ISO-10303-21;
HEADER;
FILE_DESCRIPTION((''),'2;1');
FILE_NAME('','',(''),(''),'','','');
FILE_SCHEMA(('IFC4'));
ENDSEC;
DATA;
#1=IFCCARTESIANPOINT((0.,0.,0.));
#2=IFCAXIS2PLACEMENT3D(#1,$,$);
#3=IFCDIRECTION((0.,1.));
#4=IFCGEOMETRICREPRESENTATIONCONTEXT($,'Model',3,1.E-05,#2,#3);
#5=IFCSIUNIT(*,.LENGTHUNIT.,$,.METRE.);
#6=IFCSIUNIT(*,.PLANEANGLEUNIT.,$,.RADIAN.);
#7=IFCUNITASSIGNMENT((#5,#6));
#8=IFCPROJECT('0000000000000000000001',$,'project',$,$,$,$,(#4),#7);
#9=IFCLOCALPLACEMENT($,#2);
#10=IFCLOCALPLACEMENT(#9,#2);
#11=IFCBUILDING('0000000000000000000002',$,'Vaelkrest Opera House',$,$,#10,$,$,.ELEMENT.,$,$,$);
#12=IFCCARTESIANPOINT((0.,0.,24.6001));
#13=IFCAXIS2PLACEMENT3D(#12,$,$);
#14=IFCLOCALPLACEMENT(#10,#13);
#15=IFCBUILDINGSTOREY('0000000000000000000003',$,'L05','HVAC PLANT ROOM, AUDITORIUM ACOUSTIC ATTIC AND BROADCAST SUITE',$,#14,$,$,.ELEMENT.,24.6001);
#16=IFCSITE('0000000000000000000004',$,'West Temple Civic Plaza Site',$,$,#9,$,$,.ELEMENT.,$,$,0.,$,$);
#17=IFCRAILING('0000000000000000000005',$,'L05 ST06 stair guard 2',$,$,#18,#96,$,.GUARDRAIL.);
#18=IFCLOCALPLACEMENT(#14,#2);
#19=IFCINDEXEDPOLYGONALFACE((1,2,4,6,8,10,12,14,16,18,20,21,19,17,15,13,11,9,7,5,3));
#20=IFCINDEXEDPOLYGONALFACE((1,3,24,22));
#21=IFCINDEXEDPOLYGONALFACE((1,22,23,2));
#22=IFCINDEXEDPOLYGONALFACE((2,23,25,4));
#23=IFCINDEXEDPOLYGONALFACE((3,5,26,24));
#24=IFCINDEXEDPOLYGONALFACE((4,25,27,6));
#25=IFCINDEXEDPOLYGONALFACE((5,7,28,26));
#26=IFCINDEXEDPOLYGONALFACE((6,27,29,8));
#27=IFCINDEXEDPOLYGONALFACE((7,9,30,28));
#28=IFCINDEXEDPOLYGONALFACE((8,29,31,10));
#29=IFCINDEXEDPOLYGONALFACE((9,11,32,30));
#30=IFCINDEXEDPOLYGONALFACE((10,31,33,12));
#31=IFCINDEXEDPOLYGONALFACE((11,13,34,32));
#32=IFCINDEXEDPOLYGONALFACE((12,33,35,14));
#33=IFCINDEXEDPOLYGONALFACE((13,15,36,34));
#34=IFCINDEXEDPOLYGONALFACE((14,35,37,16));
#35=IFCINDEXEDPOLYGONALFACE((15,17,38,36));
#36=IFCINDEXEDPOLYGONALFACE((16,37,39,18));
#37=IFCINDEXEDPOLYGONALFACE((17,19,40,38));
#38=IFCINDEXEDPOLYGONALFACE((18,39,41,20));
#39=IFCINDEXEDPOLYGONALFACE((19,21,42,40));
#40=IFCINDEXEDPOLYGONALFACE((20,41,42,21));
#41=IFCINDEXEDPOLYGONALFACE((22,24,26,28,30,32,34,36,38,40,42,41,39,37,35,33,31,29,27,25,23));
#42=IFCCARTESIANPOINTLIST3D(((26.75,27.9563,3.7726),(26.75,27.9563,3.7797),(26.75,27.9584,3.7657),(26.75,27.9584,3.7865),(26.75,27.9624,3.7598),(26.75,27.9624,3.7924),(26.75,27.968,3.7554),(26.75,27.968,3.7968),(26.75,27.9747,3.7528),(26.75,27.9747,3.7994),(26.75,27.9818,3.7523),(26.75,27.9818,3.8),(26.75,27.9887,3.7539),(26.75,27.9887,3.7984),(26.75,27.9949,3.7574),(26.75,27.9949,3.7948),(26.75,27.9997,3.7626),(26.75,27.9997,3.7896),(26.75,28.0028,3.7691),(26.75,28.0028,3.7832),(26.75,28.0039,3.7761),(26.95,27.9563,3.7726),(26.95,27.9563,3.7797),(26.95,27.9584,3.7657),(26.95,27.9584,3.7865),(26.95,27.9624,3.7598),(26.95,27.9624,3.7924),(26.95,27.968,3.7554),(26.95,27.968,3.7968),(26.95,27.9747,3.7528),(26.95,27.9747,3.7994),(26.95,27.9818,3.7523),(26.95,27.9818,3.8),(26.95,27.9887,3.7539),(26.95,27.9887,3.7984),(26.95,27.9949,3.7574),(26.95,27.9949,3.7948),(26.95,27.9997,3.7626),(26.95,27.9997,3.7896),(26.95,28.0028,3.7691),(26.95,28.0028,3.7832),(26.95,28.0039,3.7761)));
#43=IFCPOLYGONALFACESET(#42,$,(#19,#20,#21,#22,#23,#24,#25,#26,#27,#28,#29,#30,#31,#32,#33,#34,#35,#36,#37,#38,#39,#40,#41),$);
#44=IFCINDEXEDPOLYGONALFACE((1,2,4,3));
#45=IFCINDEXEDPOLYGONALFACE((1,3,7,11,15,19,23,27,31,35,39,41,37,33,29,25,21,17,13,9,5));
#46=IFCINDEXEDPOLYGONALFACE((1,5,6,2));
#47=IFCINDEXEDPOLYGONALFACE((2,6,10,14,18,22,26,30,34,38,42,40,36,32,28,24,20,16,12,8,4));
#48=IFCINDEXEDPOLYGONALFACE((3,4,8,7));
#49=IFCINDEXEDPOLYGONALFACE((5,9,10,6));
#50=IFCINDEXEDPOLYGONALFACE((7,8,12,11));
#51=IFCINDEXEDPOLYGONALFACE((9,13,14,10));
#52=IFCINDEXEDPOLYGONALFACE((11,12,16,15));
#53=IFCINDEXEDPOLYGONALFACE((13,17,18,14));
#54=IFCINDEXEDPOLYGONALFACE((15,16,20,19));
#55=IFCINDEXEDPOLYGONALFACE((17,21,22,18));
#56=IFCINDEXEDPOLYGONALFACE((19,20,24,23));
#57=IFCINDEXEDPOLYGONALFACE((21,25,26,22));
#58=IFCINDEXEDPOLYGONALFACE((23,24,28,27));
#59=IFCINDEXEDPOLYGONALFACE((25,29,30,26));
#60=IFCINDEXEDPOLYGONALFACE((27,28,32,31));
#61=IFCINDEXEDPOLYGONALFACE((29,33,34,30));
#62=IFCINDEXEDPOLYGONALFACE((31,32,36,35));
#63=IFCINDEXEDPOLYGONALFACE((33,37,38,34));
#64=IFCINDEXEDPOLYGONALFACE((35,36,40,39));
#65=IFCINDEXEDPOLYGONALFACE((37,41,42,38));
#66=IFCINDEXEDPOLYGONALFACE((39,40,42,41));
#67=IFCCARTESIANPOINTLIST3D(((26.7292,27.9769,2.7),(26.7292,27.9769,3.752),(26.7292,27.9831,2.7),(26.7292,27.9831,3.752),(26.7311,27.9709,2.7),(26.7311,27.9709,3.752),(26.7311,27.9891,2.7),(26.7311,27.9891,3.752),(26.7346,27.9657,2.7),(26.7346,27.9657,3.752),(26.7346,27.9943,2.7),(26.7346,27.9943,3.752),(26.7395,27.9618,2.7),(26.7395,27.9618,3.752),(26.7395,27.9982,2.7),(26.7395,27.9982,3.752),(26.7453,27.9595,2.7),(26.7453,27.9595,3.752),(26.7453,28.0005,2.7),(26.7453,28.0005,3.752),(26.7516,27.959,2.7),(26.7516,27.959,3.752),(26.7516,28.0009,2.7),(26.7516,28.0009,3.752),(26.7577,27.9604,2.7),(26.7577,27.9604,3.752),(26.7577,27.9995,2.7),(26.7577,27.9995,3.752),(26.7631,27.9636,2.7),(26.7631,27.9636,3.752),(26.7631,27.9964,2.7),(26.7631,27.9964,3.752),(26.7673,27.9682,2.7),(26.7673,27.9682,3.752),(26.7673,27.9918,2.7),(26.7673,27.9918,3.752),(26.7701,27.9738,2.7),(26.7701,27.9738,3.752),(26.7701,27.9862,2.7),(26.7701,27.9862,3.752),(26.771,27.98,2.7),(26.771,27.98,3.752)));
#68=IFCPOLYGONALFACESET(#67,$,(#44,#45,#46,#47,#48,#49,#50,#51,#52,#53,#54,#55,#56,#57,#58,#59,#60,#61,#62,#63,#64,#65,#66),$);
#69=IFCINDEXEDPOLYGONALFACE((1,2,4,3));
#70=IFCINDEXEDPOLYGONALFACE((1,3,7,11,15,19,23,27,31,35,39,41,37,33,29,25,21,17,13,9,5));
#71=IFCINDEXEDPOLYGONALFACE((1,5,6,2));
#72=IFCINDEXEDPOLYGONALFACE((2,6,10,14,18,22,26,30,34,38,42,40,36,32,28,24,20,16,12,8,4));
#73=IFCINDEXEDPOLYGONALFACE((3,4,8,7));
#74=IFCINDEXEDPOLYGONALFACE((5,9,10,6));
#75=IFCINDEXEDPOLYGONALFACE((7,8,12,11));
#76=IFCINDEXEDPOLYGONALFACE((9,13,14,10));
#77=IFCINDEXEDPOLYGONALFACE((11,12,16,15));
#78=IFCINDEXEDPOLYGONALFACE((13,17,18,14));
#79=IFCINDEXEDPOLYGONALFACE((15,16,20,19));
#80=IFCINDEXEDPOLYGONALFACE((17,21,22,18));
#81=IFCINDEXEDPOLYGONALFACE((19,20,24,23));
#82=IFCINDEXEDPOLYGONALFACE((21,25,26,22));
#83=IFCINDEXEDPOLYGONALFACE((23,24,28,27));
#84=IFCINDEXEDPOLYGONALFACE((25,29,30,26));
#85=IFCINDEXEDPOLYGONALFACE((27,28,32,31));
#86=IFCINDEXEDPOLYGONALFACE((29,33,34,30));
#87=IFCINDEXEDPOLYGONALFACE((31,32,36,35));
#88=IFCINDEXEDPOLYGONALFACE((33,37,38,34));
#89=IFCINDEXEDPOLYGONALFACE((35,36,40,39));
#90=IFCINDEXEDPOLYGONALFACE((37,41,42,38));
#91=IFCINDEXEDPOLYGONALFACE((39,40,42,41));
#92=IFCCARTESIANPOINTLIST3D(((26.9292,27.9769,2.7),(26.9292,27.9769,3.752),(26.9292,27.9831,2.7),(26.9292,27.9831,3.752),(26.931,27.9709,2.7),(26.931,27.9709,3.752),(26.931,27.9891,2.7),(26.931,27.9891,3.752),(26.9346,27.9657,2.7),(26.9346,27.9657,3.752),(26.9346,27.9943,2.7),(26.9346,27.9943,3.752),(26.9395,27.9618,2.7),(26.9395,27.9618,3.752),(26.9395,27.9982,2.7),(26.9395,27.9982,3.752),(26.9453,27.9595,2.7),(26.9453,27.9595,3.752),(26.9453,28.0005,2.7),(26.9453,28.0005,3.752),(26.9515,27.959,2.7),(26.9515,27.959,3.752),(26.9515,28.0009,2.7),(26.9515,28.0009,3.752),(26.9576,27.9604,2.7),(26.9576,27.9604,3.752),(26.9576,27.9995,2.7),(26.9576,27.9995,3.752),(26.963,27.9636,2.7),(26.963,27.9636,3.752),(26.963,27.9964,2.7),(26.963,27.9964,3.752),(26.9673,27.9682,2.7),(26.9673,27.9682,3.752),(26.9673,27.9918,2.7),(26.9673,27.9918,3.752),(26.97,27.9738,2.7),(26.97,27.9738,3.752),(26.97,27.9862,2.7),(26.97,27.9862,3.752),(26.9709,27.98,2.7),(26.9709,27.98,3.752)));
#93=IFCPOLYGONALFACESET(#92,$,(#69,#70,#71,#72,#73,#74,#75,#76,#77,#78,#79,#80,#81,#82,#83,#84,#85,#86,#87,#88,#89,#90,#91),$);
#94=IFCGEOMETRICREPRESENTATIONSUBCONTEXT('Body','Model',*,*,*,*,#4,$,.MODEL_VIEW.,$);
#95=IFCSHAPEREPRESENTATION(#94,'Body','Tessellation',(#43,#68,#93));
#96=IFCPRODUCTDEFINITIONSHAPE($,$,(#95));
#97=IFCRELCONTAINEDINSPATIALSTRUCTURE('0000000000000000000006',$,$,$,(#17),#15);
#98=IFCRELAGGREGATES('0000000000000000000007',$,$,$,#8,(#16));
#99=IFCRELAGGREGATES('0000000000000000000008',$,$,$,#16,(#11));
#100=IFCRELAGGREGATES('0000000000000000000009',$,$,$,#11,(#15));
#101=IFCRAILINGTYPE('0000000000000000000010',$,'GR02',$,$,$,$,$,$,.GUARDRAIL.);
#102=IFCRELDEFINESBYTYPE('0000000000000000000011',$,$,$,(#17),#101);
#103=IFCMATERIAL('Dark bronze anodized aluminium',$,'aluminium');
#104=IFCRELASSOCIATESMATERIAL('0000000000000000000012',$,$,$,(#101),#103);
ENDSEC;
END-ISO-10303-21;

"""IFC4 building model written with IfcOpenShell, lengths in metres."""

from ifc_helpers import new_model, si_unit, direction, frame, origin, origin_2d, place, context, subcontext, project, spatial, circle, extrude, material, type_object, element, save


model = new_model("IFC4")

# Units and contexts
model_context = context("Model", 3, precision=1e-05, world=origin(), true_north=direction((0.0, 1.0)))
body_context = subcontext(model_context, "Body", "Model", "MODEL_VIEW")
ifc_project = project(units=[si_unit("LENGTHUNIT", "METRE"), si_unit("PLANEANGLEUNIT", "RADIAN")], contexts=[model_context])

# Site, building, storey
site_placement = place(None, origin())
site = spatial("IfcSite", under=ifc_project, at=site_placement, Name="West Temple Civic Plaza Site", CompositionType="ELEMENT", RefElevation=0.0)
building_placement = place(site_placement, origin())
building = spatial("IfcBuilding", under=site, at=building_placement, Name="Vaelkrest Opera House", CompositionType="ELEMENT")
storey_placement = place(building_placement, frame((0.0, 0.0, 24.6001)))
storey = spatial("IfcBuildingStorey", under=building, at=storey_placement, Name="L05", Description="HVAC PLANT ROOM, AUDITORIUM ACOUSTIC ATTIC AND BROADCAST SUITE", CompositionType="ELEMENT", Elevation=24.6001)

# Railing
ifc_material_1 = material(Name="Dark bronze anodized aluminium", Category="aluminium")
railing_type_1 = type_object("IfcRailingType", Name="GR02", PredefinedType="GUARDRAIL", material=ifc_material_1)
railing_1_placement = place(storey_placement, frame((26.75, 27.98, 2.7)))
element("IfcRailing", 1, at=railing_1_placement, inside=storey, type_object=railing_type_1, Name="L05 ST06 stair guard 2", PredefinedType="GUARDRAIL", context=body_context, shape_type="SweptSolid", body=[
    extrude(circle(Radius=0.0239, at=origin_2d()), frame((0.0, 0.0, 1.0762), z_axis=(1.0, 0.0, 0.0), x_axis=(0.0, 1.0, 0.0)), (0.0, 0.0, 1.0), 0.2),
    extrude(circle(Radius=0.021, at=origin_2d()), origin(), (0.0, 0.0, 1.0), 1.052),
    extrude(circle(Radius=0.021, at=origin_2d()), frame((0.2, 0.0, 0.0)), (0.0, 0.0, 1.0), 1.052),
])

save(model, "model.ifc")
